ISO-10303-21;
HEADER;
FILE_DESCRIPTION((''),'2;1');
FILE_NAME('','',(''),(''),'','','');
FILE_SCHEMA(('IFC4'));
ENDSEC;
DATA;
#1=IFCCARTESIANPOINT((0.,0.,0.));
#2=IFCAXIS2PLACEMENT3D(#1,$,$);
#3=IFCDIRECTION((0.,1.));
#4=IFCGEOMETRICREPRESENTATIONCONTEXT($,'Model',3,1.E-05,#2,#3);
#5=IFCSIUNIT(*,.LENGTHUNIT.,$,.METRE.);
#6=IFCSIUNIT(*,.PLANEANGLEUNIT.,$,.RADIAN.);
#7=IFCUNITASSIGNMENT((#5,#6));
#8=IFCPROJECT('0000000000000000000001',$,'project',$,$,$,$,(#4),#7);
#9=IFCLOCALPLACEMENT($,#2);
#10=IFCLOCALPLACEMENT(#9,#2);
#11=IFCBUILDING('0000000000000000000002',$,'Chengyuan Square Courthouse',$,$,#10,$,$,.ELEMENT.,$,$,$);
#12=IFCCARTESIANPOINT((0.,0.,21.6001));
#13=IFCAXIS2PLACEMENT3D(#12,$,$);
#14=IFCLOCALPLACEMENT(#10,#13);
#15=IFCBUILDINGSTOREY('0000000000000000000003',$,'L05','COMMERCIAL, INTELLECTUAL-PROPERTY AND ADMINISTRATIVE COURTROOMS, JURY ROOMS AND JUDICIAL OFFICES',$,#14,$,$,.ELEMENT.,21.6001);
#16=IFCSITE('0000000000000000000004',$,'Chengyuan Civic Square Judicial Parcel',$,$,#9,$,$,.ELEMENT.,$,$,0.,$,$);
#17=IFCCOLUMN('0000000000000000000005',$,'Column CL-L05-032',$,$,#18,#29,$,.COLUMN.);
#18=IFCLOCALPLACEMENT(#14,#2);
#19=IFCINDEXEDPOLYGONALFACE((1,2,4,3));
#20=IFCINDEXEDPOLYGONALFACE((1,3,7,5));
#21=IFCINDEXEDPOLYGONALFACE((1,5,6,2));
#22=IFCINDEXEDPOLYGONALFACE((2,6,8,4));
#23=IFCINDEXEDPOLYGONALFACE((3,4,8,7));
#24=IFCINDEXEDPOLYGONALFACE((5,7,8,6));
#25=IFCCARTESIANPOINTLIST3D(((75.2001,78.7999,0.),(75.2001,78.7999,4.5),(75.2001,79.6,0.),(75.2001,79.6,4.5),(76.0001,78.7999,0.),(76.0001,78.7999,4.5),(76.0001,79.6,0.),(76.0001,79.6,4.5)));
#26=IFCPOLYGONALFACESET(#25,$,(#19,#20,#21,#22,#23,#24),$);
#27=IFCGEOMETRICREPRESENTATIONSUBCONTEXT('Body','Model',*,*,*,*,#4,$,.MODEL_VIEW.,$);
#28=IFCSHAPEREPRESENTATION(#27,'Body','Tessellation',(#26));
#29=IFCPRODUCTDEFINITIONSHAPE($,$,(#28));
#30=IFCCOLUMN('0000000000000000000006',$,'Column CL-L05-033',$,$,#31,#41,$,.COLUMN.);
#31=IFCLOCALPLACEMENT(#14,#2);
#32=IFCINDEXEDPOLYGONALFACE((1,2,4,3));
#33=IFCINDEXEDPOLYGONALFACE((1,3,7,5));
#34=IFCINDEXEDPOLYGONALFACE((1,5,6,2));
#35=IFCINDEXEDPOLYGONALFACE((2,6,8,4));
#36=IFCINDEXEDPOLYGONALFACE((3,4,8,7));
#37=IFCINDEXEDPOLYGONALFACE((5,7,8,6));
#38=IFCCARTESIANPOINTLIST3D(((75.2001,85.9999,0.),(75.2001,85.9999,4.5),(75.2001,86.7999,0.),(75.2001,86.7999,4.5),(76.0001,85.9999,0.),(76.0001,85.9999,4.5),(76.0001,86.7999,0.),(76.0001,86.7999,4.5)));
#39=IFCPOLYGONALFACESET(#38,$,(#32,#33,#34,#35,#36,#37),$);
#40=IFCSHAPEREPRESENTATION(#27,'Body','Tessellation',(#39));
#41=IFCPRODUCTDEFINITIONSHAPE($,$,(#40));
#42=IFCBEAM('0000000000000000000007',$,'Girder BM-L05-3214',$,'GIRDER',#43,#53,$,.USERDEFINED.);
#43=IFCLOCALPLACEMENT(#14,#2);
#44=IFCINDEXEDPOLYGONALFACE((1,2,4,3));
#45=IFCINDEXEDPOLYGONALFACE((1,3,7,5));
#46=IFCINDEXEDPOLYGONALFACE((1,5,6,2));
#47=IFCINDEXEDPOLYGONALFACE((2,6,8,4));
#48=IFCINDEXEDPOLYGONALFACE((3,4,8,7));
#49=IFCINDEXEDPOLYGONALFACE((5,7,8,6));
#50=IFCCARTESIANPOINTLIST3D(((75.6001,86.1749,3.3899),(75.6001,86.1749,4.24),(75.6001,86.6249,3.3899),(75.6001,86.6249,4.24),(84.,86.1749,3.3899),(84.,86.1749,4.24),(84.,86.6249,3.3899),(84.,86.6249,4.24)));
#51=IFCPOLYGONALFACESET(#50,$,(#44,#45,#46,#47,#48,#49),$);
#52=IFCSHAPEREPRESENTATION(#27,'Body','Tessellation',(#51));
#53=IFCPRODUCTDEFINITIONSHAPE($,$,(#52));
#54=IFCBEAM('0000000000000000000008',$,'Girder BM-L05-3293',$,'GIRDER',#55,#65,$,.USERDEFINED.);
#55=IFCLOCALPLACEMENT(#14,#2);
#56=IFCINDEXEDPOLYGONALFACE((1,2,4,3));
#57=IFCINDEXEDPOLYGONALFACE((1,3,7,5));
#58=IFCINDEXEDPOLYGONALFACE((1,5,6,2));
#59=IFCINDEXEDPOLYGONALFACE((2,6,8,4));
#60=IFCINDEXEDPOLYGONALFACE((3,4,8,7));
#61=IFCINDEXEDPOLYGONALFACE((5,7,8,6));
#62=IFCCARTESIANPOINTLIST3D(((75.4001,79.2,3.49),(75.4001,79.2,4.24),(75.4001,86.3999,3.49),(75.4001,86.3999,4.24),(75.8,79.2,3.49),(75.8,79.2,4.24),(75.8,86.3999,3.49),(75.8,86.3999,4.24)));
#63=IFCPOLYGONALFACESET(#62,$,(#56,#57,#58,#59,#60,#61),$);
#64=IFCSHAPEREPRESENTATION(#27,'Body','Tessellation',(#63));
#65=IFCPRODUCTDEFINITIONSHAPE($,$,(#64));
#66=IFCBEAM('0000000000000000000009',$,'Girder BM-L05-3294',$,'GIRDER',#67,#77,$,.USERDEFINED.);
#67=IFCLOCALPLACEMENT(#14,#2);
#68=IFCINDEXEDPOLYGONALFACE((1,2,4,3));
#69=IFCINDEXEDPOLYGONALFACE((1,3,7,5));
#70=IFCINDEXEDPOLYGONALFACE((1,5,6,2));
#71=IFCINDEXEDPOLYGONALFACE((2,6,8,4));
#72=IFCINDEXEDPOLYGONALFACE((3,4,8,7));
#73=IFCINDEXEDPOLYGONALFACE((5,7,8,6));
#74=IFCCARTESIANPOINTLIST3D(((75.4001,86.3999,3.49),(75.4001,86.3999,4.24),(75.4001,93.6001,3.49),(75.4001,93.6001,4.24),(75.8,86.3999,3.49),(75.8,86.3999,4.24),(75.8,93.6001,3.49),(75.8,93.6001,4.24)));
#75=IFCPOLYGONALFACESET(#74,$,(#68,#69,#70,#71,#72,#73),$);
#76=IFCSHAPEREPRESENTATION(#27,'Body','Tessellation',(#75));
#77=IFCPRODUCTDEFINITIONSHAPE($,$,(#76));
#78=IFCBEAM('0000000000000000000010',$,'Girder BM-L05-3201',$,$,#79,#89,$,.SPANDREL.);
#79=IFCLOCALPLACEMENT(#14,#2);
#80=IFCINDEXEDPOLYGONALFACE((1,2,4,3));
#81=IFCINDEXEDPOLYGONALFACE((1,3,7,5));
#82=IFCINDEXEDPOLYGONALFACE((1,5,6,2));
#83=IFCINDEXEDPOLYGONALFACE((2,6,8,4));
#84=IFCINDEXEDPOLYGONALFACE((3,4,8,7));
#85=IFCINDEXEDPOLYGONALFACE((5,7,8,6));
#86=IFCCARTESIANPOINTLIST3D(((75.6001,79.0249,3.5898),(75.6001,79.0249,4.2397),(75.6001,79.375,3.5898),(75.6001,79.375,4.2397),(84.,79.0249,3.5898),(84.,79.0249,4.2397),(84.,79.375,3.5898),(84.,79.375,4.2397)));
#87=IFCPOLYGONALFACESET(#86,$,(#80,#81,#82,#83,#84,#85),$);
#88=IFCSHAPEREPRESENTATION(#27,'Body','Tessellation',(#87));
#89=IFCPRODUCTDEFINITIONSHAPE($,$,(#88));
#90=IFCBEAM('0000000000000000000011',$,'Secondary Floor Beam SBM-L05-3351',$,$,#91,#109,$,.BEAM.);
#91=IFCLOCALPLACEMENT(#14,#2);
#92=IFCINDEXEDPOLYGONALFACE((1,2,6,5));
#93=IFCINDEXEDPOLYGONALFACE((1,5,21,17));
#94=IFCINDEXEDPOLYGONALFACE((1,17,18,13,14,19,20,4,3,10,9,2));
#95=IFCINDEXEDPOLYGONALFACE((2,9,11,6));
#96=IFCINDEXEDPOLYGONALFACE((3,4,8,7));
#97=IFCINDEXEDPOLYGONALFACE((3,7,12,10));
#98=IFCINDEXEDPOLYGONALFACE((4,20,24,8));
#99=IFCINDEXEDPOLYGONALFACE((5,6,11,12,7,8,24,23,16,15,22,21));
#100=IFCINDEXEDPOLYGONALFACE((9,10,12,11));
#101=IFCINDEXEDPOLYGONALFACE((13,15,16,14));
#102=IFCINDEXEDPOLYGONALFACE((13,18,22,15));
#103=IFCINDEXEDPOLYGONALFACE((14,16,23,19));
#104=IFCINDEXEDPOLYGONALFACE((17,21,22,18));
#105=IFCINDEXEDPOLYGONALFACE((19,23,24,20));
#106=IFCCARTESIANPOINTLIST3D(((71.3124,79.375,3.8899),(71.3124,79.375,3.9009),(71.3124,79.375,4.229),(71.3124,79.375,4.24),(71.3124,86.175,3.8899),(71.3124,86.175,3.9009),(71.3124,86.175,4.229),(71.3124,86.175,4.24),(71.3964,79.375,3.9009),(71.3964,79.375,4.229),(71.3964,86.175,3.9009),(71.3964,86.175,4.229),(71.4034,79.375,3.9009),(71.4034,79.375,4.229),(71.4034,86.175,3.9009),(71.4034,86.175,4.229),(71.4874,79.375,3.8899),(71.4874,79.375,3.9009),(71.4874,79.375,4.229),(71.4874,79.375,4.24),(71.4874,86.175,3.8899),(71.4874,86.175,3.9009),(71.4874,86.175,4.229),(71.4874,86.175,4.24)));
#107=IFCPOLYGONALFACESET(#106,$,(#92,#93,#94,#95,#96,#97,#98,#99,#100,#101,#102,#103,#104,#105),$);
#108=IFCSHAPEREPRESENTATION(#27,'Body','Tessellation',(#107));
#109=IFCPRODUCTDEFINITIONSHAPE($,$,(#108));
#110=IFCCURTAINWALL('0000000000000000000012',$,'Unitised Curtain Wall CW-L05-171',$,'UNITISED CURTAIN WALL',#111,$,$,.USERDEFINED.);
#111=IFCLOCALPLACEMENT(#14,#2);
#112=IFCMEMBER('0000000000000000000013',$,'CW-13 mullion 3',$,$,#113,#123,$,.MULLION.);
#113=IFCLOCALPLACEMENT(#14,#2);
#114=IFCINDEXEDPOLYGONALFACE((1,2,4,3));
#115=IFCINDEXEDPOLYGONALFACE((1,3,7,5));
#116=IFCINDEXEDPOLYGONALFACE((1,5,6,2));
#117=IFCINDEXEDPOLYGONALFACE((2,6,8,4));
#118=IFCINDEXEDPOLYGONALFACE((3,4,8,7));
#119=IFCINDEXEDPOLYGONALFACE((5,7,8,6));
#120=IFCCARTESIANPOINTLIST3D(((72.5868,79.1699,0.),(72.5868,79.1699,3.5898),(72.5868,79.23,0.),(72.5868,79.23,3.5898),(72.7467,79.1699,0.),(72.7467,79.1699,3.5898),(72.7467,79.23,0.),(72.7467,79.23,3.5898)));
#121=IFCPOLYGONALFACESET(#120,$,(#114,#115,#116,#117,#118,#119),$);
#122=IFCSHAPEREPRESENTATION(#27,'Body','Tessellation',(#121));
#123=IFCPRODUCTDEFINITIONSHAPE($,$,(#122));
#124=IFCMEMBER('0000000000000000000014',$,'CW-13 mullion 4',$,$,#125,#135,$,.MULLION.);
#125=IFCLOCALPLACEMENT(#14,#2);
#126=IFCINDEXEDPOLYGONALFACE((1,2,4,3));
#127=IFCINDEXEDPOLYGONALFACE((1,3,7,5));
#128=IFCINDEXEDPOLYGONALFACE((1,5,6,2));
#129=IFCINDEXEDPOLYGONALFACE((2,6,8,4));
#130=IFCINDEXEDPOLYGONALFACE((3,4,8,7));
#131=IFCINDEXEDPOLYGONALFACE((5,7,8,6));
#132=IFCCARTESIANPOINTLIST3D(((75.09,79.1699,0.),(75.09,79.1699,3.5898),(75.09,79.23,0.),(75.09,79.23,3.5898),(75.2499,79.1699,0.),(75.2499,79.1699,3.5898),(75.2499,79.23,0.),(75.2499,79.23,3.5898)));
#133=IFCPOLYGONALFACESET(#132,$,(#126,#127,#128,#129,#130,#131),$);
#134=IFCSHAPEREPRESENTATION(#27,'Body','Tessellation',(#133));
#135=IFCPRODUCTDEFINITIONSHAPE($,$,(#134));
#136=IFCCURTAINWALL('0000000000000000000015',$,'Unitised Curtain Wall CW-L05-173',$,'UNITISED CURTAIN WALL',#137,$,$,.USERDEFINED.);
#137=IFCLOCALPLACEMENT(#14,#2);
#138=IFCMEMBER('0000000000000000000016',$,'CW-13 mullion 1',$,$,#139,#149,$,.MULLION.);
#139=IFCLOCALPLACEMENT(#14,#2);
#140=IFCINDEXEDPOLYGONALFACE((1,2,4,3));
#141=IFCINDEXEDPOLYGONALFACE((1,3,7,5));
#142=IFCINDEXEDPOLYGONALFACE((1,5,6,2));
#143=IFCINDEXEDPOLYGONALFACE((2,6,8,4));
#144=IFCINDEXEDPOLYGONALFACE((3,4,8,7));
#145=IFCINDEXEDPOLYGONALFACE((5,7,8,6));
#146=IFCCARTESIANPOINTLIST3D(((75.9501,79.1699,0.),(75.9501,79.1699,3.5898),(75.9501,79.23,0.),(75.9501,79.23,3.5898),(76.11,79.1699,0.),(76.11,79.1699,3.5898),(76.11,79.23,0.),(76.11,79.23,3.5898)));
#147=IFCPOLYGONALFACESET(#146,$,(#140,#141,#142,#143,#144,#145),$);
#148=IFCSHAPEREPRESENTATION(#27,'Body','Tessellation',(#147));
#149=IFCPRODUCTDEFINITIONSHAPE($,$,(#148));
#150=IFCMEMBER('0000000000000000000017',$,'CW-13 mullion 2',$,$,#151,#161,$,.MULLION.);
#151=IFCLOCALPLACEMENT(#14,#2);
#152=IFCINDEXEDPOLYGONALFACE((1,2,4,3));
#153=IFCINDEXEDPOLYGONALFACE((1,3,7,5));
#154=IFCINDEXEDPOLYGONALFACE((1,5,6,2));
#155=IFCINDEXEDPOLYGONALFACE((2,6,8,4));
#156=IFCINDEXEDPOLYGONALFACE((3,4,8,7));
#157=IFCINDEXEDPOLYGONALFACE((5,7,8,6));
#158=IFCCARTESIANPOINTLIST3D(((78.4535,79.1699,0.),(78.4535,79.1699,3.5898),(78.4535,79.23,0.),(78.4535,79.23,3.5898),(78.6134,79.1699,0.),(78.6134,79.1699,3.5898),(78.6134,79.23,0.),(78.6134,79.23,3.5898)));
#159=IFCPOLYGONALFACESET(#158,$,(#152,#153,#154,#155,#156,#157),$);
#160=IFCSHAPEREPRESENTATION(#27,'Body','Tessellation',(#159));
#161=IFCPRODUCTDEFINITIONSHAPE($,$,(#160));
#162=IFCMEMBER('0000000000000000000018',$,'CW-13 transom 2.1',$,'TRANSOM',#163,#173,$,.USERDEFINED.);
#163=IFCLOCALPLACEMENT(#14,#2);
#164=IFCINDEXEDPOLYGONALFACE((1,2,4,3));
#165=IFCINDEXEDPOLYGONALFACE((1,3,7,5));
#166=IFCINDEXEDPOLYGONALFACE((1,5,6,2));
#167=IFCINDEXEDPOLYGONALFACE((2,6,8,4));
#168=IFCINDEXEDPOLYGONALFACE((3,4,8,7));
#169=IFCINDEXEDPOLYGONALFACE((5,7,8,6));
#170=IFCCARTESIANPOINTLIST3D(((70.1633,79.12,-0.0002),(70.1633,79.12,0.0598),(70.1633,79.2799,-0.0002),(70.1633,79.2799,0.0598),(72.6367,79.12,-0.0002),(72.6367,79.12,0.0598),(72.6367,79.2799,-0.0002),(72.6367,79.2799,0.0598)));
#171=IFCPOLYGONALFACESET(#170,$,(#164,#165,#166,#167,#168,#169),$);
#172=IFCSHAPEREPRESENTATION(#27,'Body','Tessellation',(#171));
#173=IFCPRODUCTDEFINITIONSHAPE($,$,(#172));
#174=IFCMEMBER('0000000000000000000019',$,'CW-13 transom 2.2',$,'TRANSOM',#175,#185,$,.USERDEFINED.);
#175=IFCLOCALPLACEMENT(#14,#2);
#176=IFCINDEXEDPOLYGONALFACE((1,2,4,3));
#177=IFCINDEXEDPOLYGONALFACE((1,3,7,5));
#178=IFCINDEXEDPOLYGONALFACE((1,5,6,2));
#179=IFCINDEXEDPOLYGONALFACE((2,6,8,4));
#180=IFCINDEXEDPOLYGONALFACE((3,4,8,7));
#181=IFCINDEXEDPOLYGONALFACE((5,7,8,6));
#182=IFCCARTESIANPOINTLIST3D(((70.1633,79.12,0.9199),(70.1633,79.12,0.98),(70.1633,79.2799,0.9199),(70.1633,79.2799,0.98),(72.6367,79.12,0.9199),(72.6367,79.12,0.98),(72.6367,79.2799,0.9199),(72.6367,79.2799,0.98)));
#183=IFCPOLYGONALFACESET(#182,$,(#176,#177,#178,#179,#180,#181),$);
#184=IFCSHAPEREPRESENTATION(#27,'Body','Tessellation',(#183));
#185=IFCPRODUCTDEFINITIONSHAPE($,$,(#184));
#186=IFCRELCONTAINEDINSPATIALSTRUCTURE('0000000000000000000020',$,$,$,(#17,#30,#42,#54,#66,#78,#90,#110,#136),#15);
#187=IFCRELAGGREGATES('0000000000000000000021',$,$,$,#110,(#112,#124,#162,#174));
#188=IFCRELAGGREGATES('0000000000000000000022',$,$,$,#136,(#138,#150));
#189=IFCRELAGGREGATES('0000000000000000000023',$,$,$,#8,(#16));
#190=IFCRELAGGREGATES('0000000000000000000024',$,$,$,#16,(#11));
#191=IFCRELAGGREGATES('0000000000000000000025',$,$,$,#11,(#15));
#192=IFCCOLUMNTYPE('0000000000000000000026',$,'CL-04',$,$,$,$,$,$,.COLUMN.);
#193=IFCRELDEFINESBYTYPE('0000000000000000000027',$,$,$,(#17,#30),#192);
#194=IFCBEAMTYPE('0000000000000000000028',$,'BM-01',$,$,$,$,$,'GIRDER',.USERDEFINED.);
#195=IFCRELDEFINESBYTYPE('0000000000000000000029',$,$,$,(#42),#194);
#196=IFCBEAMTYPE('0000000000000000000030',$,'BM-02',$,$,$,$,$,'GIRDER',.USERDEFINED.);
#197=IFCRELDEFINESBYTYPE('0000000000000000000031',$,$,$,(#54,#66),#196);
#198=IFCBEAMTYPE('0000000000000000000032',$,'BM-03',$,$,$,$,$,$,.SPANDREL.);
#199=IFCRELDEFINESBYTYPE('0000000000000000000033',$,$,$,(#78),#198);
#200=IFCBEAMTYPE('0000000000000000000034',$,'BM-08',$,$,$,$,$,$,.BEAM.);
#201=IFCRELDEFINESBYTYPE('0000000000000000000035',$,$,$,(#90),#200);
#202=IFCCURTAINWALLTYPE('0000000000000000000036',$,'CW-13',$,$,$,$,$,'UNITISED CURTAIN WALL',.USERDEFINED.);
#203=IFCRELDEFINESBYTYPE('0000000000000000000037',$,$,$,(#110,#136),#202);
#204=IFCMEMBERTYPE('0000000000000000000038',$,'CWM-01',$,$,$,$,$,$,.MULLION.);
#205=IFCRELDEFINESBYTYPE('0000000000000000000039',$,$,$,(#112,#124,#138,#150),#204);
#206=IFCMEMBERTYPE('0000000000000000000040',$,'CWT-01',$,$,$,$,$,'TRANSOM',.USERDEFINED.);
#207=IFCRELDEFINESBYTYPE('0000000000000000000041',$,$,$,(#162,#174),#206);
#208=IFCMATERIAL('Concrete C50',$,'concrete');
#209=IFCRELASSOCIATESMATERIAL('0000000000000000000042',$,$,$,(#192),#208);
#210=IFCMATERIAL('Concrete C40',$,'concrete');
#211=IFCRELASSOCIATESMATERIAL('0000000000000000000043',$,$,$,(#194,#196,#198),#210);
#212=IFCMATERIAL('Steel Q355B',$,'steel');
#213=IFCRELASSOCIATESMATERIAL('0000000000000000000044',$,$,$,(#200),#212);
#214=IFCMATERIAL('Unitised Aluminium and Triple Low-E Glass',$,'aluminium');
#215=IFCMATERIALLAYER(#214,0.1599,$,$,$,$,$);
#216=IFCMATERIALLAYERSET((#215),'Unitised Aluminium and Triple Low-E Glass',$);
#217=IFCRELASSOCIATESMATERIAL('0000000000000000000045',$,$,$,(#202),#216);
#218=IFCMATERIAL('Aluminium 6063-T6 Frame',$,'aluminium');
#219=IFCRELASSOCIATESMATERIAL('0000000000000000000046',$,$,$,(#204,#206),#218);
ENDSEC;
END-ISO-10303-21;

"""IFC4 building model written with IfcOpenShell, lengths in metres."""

from ifc_helpers import new_model, si_unit, direction, frame, origin, origin_2d, place, context, subcontext, project, spatial, rectangle, i_section, extrude, material, layer, layer_set, material_profile, profile_set, type_object, element, aggregate, save


model = new_model("IFC4")

# Units and contexts
model_context = context("Model", 3, precision=1e-05, world=origin(), true_north=direction((0.0, 1.0)))
body_context = subcontext(model_context, "Body", "Model", "MODEL_VIEW")
ifc_project = project(units=[si_unit("LENGTHUNIT", "METRE"), si_unit("PLANEANGLEUNIT", "RADIAN")], contexts=[model_context])

# Site, building, storey
site_placement = place(None, origin())
site = spatial("IfcSite", under=ifc_project, at=site_placement, Name="Chengyuan Civic Square Judicial Parcel", CompositionType="ELEMENT", RefElevation=0.0)
building_placement = place(site_placement, origin())
building = spatial("IfcBuilding", under=site, at=building_placement, Name="Chengyuan Square Courthouse", CompositionType="ELEMENT")
storey_placement = place(building_placement, frame((0.0, 0.0, 21.6001)))
storey = spatial("IfcBuildingStorey", under=building, at=storey_placement, Name="L05", Description="COMMERCIAL, INTELLECTUAL-PROPERTY AND ADMINISTRATIVE COURTROOMS, JURY ROOMS AND JUDICIAL OFFICES", CompositionType="ELEMENT", Elevation=21.6001)

# Columns
ifc_material_1 = material(Name="Concrete C50", Category="concrete")
ifc_material_profile_1 = material_profile(ifc_material_1, rectangle(XDim=0.8, YDim=0.8, at=origin_2d()), Name="RC-COL-800x800")
ifc_profile_set_1 = profile_set([ifc_material_profile_1], Name="Concrete C50")
column_type = type_object("IfcColumnType", Name="CL-04", PredefinedType="COLUMN", material=ifc_profile_set_1)
for number, where, z_axis, x_axis, name in (
    (1, (75.6001, 79.2, 0.0), (0.0, 0.0, 1.0), (1.0, 0.0, 0.0), "Column CL-L05-032"),
    (2, (75.6001, 86.3999, 0.0), (0.0, 0.0, 1.0), (1.0, 0.0, 0.0), "Column CL-L05-033"),
):
    element("IfcColumn", number, at=place(storey_placement, frame(where, z_axis=z_axis, x_axis=x_axis)), inside=storey, type_object=column_type, Name=name, PredefinedType="COLUMN", context=body_context, shape_type="SweptSolid", body=[
        extrude(rectangle(XDim=0.8, YDim=0.8, at=origin_2d()), origin(), (0.0, 0.0, 1.0), 4.5),
    ])

# Beams
ifc_material_2 = material(Name="Concrete C40", Category="concrete")
ifc_material_profile_2 = material_profile(ifc_material_2, rectangle(XDim=0.45, YDim=0.8501, at=origin_2d()), Name="RC-BM-450x850")
ifc_profile_set_2 = profile_set([ifc_material_profile_2], Name="Concrete C40")
beam_type_1 = type_object("IfcBeamType", Name="BM-01", ElementType="GIRDER", PredefinedType="USERDEFINED", material=ifc_profile_set_2)
beam_1_placement = place(storey_placement, frame((75.6001, 86.3999, 3.8149), z_axis=(1.0, 0.0, 0.0), x_axis=(0.0, 1.0, 0.0)))
element("IfcBeam", 3, at=beam_1_placement, inside=storey, type_object=beam_type_1, Name="Girder BM-L05-3214", ObjectType="GIRDER", PredefinedType="USERDEFINED", context=body_context, shape_type="SweptSolid", body=[
    extrude(rectangle(XDim=0.45, YDim=0.8501, at=origin_2d()), origin(), (0.0, 0.0, 1.0), 8.3999),
])
ifc_material_profile_3 = material_profile(ifc_material_2, rectangle(XDim=0.3999, YDim=0.75, at=origin_2d()), Name="RC-BM-400x750")
ifc_profile_set_3 = profile_set([ifc_material_profile_3], Name="Concrete C40")
beam_type_2 = type_object("IfcBeamType", Name="BM-02", ElementType="GIRDER", PredefinedType="USERDEFINED", material=ifc_profile_set_3)
beam_2_placement = place(storey_placement, frame((75.6001, 79.2, 3.865), z_axis=(0.0, 1.0, 0.0), x_axis=(-1.0, 0.0, 0.0)))
element("IfcBeam", 4, at=beam_2_placement, inside=storey, type_object=beam_type_2, Name="Girder BM-L05-3293", ObjectType="GIRDER", PredefinedType="USERDEFINED", context=body_context, shape_type="SweptSolid", body=[
    extrude(rectangle(XDim=0.3999, YDim=0.75, at=origin_2d()), origin(), (0.0, 0.0, 1.0), 7.2),
])
beam_3_placement = place(storey_placement, frame((75.6001, 86.3999, 3.865), z_axis=(0.0, 1.0, 0.0), x_axis=(-1.0, 0.0, 0.0)))
element("IfcBeam", 5, at=beam_3_placement, inside=storey, type_object=beam_type_2, Name="Girder BM-L05-3294", ObjectType="GIRDER", PredefinedType="USERDEFINED", context=body_context, shape_type="SweptSolid", body=[
    extrude(rectangle(XDim=0.3999, YDim=0.75, at=origin_2d()), origin(), (0.0, 0.0, 1.0), 7.2002),
])
ifc_material_profile_4 = material_profile(ifc_material_2, rectangle(XDim=0.3501, YDim=0.6499, at=origin_2d()), Name="RC-BM-350x650")
ifc_profile_set_4 = profile_set([ifc_material_profile_4], Name="Concrete C40")
beam_type_3 = type_object("IfcBeamType", Name="BM-03", PredefinedType="SPANDREL", material=ifc_profile_set_4)
beam_4_placement = place(storey_placement, frame((75.6001, 79.2, 3.9148), z_axis=(1.0, 0.0, 0.0), x_axis=(0.0, 1.0, 0.0)))
element("IfcBeam", 6, at=beam_4_placement, inside=storey, type_object=beam_type_3, Name="Girder BM-L05-3201", PredefinedType="SPANDREL", context=body_context, shape_type="SweptSolid", body=[
    extrude(rectangle(XDim=0.3501, YDim=0.6499, at=origin_2d()), origin(), (0.0, 0.0, 1.0), 8.3999),
])
ifc_material_3 = material(Name="Steel Q355B", Category="steel")
ifc_material_profile_5 = material_profile(ifc_material_3, i_section(OverallWidth=0.175, OverallDepth=0.3501, WebThickness=0.0071, FlangeThickness=0.011, at=origin_2d()), Name="HN 350x175x7x11")
ifc_profile_set_5 = profile_set([ifc_material_profile_5], Name="Steel Q355B")
beam_type_4 = type_object("IfcBeamType", Name="BM-08", PredefinedType="BEAM", material=ifc_profile_set_5)
beam_5_placement = place(storey_placement, frame((71.3999, 79.375, 4.0649), z_axis=(0.0, 1.0, 0.0), x_axis=(-1.0, 0.0, 0.0)))
element("IfcBeam", 7, at=beam_5_placement, inside=storey, type_object=beam_type_4, Name="Secondary Floor Beam SBM-L05-3351", PredefinedType="BEAM", context=body_context, shape_type="SweptSolid", body=[
    extrude(i_section(OverallWidth=0.175, OverallDepth=0.3501, WebThickness=0.0071, FlangeThickness=0.011, at=origin_2d()), origin(), (0.0, 0.0, 1.0), 6.8),
])

# Curtain walls, members
ifc_material_4 = material(Name="Unitised Aluminium and Triple Low-E Glass", Category="aluminium")
ifc_layer_1 = layer(ifc_material_4, 0.1599)
ifc_layer_set_1 = layer_set([ifc_layer_1], Name="Unitised Aluminium and Triple Low-E Glass")
curtain_wall_type = type_object("IfcCurtainWallType", Name="CW-13", ElementType="UNITISED CURTAIN WALL", PredefinedType="USERDEFINED", material=ifc_layer_set_1)
curtain_wall_1_placement = place(storey_placement, origin())
curtain_wall_1 = element("IfcCurtainWall", 8, at=curtain_wall_1_placement, inside=storey, type_object=curtain_wall_type, Name="Unitised Curtain Wall CW-L05-171", ObjectType="UNITISED CURTAIN WALL", PredefinedType="USERDEFINED")
ifc_material_5 = material(Name="Aluminium 6063-T6 Frame", Category="aluminium")
ifc_material_profile_6 = material_profile(ifc_material_5, rectangle(XDim=0.0601, YDim=0.1599, at=origin_2d()), Name="CW-MUL-60x160")
ifc_profile_set_6 = profile_set([ifc_material_profile_6], Name="Aluminium 6063-T6 Frame")
member_type_1 = type_object("IfcMemberType", Name="CWM-01", PredefinedType="MULLION", material=ifc_profile_set_6)
member_1_placement = place(storey_placement, frame((72.6667, 79.2, 0.0), z_axis=(0.0, 0.0, 1.0), x_axis=(0.0, 1.0, 0.0)))
member_1 = element("IfcMember", 9, at=member_1_placement, type_object=member_type_1, Name="CW-13 mullion 3", PredefinedType="MULLION", context=body_context, shape_type="SweptSolid", body=[
    extrude(rectangle(XDim=0.0601, YDim=0.1599, at=origin_2d()), origin(), (0.0, 0.0, 1.0), 3.5898),
])
member_2_placement = place(storey_placement, frame((75.1699, 79.2, 0.0), z_axis=(0.0, 0.0, 1.0), x_axis=(0.0, 1.0, 0.0)))
member_2 = element("IfcMember", 10, at=member_2_placement, type_object=member_type_1, Name="CW-13 mullion 4", PredefinedType="MULLION", context=body_context, shape_type="SweptSolid", body=[
    extrude(rectangle(XDim=0.0601, YDim=0.1599, at=origin_2d()), origin(), (0.0, 0.0, 1.0), 3.5898),
])
curtain_wall_2_placement = place(storey_placement, origin())
curtain_wall_2 = element("IfcCurtainWall", 11, at=curtain_wall_2_placement, inside=storey, type_object=curtain_wall_type, Name="Unitised Curtain Wall CW-L05-173", ObjectType="UNITISED CURTAIN WALL", PredefinedType="USERDEFINED")
member_3_placement = place(storey_placement, frame((76.03, 79.2, 0.0), z_axis=(0.0, 0.0, 1.0), x_axis=(0.0, 1.0, 0.0)))
member_3 = element("IfcMember", 12, at=member_3_placement, type_object=member_type_1, Name="CW-13 mullion 1", PredefinedType="MULLION", context=body_context, shape_type="SweptSolid", body=[
    extrude(rectangle(XDim=0.0601, YDim=0.1599, at=origin_2d()), origin(), (0.0, 0.0, 1.0), 3.5898),
])
member_4_placement = place(storey_placement, frame((78.5334, 79.2, 0.0), z_axis=(0.0, 0.0, 1.0), x_axis=(0.0, 1.0, 0.0)))
member_4 = element("IfcMember", 13, at=member_4_placement, type_object=member_type_1, Name="CW-13 mullion 2", PredefinedType="MULLION", context=body_context, shape_type="SweptSolid", body=[
    extrude(rectangle(XDim=0.0601, YDim=0.1599, at=origin_2d()), origin(), (0.0, 0.0, 1.0), 3.5898),
])

# Members
ifc_material_profile_7 = material_profile(ifc_material_5, rectangle(XDim=0.1599, YDim=0.0601, at=origin_2d()), Name="CW-TRN-60x120")
ifc_profile_set_7 = profile_set([ifc_material_profile_7], Name="Aluminium 6063-T6 Frame")
member_type_2 = type_object("IfcMemberType", Name="CWT-01", ElementType="TRANSOM", PredefinedType="USERDEFINED", material=ifc_profile_set_7)
member_5_placement = place(storey_placement, frame((70.1633, 79.2, 0.0298), z_axis=(1.0, 0.0, 0.0), x_axis=(0.0, 1.0, 0.0)))
member_5 = element("IfcMember", 14, at=member_5_placement, type_object=member_type_2, Name="CW-13 transom 2.1", ObjectType="TRANSOM", PredefinedType="USERDEFINED", context=body_context, shape_type="SweptSolid", body=[
    extrude(rectangle(XDim=0.1599, YDim=0.0601, at=origin_2d()), origin(), (0.0, 0.0, 1.0), 2.4734),
])
member_6_placement = place(storey_placement, frame((70.1633, 79.2, 0.95), z_axis=(1.0, 0.0, 0.0), x_axis=(0.0, 1.0, 0.0)))
member_6 = element("IfcMember", 15, at=member_6_placement, type_object=member_type_2, Name="CW-13 transom 2.2", ObjectType="TRANSOM", PredefinedType="USERDEFINED", context=body_context, shape_type="SweptSolid", body=[
    extrude(rectangle(XDim=0.1599, YDim=0.0601, at=origin_2d()), origin(), (0.0, 0.0, 1.0), 2.4734),
])

aggregate(curtain_wall_1, [member_1, member_2, member_5, member_6])
aggregate(curtain_wall_2, [member_3, member_4])

save(model, "model.ifc")
